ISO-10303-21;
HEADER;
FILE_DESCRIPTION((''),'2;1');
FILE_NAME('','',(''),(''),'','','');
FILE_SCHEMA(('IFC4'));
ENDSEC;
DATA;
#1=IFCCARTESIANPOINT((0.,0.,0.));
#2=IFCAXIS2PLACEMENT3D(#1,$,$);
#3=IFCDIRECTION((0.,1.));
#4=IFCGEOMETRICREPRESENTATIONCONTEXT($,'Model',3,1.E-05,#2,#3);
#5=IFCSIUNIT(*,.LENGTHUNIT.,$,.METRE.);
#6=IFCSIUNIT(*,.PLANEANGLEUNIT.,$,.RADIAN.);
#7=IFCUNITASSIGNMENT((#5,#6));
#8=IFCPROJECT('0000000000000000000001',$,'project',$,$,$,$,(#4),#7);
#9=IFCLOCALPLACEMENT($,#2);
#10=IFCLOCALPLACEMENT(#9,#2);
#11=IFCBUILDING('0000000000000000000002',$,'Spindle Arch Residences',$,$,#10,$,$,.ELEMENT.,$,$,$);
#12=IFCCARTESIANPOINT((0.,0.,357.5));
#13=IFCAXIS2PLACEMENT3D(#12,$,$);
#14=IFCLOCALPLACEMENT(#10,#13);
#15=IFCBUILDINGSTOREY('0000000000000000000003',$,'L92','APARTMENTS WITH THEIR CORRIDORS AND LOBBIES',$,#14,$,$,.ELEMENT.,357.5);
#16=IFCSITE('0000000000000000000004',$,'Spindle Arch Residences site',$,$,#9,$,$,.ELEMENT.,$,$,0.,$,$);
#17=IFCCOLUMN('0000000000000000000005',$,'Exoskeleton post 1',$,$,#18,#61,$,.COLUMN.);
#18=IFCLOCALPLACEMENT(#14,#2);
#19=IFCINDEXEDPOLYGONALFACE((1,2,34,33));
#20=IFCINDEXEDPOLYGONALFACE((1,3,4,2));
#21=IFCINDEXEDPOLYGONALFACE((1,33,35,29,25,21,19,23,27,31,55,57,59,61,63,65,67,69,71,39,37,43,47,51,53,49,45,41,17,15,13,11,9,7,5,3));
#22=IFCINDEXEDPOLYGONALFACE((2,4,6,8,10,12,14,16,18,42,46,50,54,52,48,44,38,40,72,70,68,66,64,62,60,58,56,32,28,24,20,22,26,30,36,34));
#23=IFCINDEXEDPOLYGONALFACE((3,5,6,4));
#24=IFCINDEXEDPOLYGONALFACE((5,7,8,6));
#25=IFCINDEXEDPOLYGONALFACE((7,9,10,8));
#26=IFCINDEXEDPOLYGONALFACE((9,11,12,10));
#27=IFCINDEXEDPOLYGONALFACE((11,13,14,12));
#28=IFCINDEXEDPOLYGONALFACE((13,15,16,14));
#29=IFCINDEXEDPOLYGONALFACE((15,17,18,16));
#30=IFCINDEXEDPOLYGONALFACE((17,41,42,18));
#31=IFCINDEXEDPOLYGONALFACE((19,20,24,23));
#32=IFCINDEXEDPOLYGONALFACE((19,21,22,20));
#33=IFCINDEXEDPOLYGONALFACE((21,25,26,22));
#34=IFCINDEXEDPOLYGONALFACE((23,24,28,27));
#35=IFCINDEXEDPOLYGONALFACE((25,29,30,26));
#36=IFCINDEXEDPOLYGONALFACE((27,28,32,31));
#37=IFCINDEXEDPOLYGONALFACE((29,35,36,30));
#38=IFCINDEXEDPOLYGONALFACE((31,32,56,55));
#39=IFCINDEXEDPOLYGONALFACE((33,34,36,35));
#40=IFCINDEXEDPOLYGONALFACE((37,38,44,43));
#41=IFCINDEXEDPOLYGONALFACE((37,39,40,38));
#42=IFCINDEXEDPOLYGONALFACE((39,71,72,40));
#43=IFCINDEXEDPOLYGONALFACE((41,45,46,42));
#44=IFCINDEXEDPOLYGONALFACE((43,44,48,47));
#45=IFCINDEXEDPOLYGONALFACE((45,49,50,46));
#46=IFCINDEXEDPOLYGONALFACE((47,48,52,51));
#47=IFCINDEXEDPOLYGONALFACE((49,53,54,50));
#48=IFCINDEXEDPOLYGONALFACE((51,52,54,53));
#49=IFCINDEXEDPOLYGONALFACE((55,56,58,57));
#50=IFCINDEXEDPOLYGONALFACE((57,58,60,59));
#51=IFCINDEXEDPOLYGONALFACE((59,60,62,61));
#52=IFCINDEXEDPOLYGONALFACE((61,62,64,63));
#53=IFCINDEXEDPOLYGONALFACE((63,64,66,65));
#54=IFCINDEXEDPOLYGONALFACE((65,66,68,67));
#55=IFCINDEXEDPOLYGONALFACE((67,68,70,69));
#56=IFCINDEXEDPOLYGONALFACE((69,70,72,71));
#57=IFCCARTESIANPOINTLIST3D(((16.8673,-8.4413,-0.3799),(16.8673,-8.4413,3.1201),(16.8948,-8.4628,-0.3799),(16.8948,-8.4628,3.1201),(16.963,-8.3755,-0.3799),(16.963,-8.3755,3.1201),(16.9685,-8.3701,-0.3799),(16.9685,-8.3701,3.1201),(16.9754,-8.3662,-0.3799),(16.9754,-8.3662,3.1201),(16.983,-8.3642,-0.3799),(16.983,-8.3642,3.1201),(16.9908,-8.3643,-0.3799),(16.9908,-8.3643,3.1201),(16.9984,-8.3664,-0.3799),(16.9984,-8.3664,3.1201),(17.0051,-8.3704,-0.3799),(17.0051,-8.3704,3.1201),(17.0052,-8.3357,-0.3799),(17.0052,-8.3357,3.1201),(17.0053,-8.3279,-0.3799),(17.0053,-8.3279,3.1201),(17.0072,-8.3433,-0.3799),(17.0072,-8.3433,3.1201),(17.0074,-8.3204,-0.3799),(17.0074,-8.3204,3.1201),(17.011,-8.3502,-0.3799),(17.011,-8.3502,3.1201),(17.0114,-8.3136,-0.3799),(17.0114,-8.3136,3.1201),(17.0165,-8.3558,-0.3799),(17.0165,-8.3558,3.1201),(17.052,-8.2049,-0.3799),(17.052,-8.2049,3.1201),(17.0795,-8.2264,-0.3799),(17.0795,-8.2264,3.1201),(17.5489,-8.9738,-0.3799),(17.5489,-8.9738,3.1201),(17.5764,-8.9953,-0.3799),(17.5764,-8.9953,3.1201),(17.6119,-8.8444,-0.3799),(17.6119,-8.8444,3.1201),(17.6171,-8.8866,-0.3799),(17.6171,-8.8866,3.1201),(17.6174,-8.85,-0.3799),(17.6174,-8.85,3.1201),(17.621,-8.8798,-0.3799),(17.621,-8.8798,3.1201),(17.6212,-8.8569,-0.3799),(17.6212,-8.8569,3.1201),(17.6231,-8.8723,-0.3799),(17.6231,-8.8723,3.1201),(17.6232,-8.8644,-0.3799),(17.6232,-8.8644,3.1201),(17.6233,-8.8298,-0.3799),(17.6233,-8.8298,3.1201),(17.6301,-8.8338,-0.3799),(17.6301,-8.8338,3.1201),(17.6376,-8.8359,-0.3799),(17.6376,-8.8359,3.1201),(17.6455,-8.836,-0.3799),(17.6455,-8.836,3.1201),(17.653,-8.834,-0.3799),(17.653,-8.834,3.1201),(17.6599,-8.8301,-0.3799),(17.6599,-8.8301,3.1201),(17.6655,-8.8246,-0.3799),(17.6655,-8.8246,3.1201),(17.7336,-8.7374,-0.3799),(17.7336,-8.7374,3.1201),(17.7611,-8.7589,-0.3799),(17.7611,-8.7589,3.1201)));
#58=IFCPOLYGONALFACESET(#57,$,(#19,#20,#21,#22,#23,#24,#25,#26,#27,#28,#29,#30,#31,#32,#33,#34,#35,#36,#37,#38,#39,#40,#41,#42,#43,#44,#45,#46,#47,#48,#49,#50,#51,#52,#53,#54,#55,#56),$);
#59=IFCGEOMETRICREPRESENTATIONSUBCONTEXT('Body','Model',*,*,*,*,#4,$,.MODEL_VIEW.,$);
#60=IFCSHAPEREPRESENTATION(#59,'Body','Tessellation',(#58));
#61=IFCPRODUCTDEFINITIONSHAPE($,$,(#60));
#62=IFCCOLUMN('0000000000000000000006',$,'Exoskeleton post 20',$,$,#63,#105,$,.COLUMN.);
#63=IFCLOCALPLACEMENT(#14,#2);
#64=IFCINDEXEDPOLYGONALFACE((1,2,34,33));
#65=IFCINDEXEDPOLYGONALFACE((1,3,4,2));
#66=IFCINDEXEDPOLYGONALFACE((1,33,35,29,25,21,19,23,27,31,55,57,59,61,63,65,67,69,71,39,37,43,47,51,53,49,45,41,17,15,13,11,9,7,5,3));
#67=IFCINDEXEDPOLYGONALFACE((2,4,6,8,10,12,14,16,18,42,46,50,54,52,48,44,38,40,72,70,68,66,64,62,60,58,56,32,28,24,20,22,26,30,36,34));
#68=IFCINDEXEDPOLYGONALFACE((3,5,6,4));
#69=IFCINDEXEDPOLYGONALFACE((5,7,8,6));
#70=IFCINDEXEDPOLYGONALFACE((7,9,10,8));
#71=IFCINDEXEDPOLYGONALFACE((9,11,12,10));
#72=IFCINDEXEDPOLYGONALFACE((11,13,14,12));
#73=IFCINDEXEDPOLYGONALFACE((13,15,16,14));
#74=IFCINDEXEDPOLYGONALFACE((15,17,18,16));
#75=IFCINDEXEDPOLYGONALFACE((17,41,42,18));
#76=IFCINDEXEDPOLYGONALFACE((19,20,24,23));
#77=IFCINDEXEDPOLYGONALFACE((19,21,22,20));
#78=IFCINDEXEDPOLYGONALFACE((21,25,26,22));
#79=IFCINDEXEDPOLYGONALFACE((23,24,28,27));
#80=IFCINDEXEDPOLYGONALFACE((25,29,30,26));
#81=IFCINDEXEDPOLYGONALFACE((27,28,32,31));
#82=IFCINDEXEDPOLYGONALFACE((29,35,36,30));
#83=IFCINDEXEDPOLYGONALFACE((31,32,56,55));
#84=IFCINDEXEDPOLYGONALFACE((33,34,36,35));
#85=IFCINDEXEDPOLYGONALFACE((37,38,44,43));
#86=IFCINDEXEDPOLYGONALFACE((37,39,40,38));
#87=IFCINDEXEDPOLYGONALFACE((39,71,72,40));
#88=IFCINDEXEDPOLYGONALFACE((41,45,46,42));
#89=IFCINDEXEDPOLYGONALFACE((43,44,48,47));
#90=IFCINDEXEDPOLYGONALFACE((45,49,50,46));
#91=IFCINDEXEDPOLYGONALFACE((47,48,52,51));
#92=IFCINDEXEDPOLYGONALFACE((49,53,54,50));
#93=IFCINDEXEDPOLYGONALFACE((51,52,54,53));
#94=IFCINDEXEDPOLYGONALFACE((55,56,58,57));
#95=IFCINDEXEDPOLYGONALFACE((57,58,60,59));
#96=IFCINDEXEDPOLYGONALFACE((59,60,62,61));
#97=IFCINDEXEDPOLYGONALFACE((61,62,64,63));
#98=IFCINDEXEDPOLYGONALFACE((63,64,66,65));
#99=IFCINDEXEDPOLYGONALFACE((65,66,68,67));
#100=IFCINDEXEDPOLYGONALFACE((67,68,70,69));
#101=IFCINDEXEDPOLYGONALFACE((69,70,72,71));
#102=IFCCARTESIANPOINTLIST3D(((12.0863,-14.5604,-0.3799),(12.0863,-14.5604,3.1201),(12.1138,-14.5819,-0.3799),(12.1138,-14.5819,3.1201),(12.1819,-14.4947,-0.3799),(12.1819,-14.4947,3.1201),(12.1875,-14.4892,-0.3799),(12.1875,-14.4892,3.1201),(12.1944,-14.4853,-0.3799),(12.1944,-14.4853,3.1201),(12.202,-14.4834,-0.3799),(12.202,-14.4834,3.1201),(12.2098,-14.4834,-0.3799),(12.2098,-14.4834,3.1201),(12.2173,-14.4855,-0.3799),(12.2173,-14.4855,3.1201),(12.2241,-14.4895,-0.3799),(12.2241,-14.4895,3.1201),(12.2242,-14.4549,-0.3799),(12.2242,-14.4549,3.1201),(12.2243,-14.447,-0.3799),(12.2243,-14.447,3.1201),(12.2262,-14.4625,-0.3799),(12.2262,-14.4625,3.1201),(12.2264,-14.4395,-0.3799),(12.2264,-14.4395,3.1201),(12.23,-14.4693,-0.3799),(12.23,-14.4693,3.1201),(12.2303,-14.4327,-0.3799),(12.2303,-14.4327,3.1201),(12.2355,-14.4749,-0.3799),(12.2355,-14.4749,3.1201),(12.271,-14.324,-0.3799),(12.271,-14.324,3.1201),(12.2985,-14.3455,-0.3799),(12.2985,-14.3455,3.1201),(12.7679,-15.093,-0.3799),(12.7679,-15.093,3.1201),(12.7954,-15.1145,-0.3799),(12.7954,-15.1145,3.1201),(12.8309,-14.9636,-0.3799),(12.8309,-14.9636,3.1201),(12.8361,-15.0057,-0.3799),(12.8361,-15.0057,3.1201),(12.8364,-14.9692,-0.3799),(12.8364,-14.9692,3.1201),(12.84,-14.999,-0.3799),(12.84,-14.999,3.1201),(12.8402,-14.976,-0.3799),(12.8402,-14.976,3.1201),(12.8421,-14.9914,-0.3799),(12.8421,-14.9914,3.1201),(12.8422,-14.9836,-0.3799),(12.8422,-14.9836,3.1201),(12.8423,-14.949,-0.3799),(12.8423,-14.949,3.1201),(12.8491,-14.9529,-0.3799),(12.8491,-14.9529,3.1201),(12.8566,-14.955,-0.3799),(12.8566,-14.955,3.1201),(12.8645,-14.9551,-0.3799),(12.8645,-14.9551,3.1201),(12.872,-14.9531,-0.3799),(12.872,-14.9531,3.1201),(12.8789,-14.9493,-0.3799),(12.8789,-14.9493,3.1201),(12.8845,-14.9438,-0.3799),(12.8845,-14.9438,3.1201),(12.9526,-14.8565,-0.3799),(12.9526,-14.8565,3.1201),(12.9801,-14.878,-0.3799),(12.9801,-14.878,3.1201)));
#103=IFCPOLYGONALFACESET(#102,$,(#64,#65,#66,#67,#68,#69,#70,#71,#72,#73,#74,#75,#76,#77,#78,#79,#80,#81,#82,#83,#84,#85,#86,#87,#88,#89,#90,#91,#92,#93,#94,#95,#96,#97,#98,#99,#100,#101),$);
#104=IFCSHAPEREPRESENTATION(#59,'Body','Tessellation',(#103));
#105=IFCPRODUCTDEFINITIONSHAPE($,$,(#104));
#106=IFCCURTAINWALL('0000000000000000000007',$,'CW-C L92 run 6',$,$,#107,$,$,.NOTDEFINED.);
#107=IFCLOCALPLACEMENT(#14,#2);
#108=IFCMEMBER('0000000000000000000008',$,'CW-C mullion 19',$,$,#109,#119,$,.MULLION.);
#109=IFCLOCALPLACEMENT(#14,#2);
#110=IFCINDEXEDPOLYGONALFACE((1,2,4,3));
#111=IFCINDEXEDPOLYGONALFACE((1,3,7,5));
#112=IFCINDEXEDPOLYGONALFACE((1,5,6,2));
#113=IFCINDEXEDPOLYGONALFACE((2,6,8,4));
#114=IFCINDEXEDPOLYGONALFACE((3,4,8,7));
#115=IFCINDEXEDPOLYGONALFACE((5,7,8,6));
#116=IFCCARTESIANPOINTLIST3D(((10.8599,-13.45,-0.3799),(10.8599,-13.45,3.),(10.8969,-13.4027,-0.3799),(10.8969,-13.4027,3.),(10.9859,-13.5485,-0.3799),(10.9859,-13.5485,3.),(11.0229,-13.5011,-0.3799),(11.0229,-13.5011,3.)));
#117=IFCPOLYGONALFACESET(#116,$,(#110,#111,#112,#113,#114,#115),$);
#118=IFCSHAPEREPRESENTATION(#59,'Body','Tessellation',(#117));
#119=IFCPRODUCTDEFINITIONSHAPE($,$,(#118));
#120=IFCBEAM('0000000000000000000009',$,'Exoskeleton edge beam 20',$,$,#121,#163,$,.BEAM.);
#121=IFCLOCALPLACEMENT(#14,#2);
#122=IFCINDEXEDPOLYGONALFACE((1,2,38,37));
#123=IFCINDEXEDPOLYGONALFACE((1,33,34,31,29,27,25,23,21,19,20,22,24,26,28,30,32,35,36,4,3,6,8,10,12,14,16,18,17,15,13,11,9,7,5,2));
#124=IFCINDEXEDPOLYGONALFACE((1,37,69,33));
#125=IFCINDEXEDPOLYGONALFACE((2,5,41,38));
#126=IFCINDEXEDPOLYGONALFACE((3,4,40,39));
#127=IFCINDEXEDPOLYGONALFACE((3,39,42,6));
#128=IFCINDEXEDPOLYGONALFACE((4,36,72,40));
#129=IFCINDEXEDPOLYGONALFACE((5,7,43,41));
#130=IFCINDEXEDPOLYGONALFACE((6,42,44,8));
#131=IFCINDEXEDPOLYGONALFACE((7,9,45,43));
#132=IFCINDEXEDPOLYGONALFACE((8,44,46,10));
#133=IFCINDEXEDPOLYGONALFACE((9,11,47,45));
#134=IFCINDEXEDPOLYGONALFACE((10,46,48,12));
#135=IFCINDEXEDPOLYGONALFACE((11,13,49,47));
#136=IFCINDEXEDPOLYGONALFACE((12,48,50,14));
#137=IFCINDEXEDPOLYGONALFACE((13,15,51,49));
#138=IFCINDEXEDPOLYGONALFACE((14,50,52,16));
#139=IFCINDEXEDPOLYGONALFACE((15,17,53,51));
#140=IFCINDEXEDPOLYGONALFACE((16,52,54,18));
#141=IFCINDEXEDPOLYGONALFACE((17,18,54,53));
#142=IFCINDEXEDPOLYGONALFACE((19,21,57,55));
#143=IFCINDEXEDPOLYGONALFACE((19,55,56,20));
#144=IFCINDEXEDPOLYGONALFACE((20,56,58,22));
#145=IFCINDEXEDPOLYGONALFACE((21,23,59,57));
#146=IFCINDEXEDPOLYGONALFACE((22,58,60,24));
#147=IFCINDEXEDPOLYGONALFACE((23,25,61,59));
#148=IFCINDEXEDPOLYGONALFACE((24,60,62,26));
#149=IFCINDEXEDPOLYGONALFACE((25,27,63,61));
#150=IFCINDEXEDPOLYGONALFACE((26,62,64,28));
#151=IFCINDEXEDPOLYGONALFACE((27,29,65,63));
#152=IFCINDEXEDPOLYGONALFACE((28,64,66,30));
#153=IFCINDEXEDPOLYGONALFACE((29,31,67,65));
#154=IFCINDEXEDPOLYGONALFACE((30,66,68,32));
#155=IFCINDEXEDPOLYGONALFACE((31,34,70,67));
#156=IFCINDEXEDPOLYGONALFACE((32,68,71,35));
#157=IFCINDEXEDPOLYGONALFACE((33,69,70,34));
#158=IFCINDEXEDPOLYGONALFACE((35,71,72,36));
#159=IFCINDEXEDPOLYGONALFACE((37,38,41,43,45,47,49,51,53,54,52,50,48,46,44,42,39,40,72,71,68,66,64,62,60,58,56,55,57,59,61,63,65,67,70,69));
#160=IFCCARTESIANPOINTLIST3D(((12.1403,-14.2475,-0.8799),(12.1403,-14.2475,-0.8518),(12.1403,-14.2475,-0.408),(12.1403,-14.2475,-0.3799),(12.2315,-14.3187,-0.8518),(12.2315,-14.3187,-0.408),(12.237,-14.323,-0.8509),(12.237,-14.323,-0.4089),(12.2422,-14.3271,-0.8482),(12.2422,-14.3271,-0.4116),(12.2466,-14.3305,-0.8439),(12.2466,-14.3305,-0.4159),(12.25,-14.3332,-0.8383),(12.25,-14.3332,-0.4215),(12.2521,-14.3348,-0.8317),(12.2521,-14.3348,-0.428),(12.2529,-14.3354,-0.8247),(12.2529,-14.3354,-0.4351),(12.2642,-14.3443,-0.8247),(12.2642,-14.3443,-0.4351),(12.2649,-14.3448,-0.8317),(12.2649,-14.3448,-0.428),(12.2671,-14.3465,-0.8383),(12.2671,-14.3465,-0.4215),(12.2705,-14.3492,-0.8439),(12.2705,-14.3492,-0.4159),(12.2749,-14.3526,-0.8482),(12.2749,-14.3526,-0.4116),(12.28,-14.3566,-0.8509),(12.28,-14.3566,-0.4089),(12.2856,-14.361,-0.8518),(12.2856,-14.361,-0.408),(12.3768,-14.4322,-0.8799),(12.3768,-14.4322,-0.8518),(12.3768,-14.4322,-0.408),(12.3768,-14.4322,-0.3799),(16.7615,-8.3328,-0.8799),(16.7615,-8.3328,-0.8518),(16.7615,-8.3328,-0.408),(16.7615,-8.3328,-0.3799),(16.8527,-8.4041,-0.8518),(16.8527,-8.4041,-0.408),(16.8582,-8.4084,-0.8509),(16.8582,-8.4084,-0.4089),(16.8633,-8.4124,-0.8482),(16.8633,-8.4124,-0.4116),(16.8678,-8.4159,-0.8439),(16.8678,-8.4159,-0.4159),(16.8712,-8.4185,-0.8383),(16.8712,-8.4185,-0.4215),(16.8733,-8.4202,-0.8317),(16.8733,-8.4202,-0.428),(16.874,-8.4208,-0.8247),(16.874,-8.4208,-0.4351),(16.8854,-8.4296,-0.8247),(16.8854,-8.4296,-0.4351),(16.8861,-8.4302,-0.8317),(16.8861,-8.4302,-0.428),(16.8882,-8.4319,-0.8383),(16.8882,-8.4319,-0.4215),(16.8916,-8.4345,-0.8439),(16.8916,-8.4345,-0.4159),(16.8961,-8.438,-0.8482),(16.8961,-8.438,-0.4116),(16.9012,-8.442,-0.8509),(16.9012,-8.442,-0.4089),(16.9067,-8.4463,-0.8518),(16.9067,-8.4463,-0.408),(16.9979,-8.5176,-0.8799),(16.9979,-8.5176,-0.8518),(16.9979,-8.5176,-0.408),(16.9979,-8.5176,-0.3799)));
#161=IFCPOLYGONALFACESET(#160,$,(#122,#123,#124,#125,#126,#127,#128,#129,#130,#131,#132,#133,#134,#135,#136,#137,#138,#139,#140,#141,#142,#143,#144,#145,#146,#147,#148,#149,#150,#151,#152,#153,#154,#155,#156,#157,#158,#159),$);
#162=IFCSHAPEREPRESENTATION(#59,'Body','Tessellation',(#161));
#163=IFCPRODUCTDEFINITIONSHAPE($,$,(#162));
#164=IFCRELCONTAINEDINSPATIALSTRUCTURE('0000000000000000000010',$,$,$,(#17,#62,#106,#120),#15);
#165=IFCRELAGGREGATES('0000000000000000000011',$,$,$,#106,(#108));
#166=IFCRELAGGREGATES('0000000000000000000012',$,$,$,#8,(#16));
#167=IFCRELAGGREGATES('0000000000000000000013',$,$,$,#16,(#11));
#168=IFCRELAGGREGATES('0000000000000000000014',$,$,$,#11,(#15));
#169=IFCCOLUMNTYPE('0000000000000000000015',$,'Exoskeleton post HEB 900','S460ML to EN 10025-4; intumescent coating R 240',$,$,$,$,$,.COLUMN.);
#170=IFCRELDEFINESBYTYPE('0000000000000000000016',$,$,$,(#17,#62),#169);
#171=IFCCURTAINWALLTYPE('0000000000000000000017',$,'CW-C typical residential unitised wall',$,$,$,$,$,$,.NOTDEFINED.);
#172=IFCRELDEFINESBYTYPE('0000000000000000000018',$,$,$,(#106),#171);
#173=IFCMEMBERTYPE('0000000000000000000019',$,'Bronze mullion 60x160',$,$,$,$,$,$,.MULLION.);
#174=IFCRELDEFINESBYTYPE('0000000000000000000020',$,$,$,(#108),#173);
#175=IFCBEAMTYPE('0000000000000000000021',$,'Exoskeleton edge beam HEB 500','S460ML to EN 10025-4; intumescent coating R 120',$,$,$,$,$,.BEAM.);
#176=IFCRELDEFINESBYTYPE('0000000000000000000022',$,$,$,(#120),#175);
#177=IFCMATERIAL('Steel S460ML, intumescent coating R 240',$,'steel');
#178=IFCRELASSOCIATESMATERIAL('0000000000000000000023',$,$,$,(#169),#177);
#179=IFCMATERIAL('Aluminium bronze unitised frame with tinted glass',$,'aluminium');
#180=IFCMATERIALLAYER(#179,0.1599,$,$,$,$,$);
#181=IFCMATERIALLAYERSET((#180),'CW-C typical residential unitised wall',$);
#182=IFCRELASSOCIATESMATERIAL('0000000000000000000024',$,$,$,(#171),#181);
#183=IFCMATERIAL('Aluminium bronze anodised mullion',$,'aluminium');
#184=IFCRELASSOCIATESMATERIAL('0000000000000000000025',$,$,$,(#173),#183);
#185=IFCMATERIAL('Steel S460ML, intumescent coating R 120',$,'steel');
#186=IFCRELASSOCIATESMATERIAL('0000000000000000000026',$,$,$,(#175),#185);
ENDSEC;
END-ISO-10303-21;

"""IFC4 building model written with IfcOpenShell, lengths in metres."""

from ifc_helpers import new_model, si_unit, direction, frame, origin, origin_2d, place, context, subcontext, project, spatial, rectangle, i_section, extrude, material, layer, layer_set, material_profile, profile_set, type_object, element, aggregate, save


model = new_model("IFC4")

# Units and contexts
model_context = context("Model", 3, precision=1e-05, world=origin(), true_north=direction((0.0, 1.0)))
body_context = subcontext(model_context, "Body", "Model", "MODEL_VIEW")
ifc_project = project(units=[si_unit("LENGTHUNIT", "METRE"), si_unit("PLANEANGLEUNIT", "RADIAN")], contexts=[model_context])

# Site, building, storey
site_placement = place(None, origin())
site = spatial("IfcSite", under=ifc_project, at=site_placement, Name="Spindle Arch Residences site", CompositionType="ELEMENT", RefElevation=0.0)
building_placement = place(site_placement, origin())
building = spatial("IfcBuilding", under=site, at=building_placement, Name="Spindle Arch Residences", CompositionType="ELEMENT")
storey_placement = place(building_placement, frame((0.0, 0.0, 357.5)))
storey = spatial("IfcBuildingStorey", under=building, at=storey_placement, Name="L92", Description="APARTMENTS WITH THEIR CORRIDORS AND LOBBIES", CompositionType="ELEMENT", Elevation=357.5)

# Columns
ifc_material_1 = material(Name="Steel S460ML, intumescent coating R 240", Category="steel")
ifc_material_profile_1 = material_profile(ifc_material_1, i_section(OverallWidth=0.3, OverallDepth=0.8999, WebThickness=0.0186, FlangeThickness=0.0349, FilletRadius=0.03, at=origin_2d()), Name="HEB 900")
ifc_profile_set_1 = profile_set([ifc_material_profile_1], Name="Steel S460ML, intumescent coating R 240")
column_type = type_object("IfcColumnType", Name="Exoskeleton post HEB 900", Description="S460ML to EN 10025-4; intumescent coating R 240", PredefinedType="COLUMN", material=ifc_profile_set_1)
for number, where, z_axis, x_axis, name in (
    (1, (17.3142, -8.6001, -0.3799), (0.0, 0.0, 1.0), (-0.615661, -0.788011, 0.0), "Exoskeleton post 1"),
    (2, (12.5332, -14.7192, -0.3799), (0.0, 0.0, 1.0), (-0.615661, -0.788011, 0.0), "Exoskeleton post 20"),
):
    element("IfcColumn", number, at=place(storey_placement, frame(where, z_axis=z_axis, x_axis=x_axis)), inside=storey, type_object=column_type, Name=name, PredefinedType="COLUMN", context=body_context, shape_type="SweptSolid", body=[
        extrude(i_section(OverallWidth=0.3, OverallDepth=0.8999, WebThickness=0.0186, FlangeThickness=0.0349, FilletRadius=0.03, at=origin_2d()), origin(), (0.0, 0.0, 1.0), 3.5),
    ])

# Curtain wall, member
ifc_material_2 = material(Name="Aluminium bronze unitised frame with tinted glass", Category="aluminium")
ifc_layer_1 = layer(ifc_material_2, 0.1599)
ifc_layer_set_1 = layer_set([ifc_layer_1], Name="CW-C typical residential unitised wall")
curtain_wall_type = type_object("IfcCurtainWallType", Name="CW-C typical residential unitised wall", PredefinedType="NOTDEFINED", material=ifc_layer_set_1)
curtain_wall_placement = place(storey_placement, origin())
curtain_wall = element("IfcCurtainWall", 3, at=curtain_wall_placement, inside=storey, type_object=curtain_wall_type, Name="CW-C L92 run 6", PredefinedType="NOTDEFINED")
ifc_material_3 = material(Name="Aluminium bronze anodised mullion", Category="aluminium")
ifc_material_profile_2 = material_profile(ifc_material_3, rectangle(XDim=0.1599, YDim=0.0601, at=origin_2d()), Name="MU 60x160")
ifc_profile_set_2 = profile_set([ifc_material_profile_2], Name="Aluminium bronze anodised mullion")
member_type = type_object("IfcMemberType", Name="Bronze mullion 60x160", PredefinedType="MULLION", material=ifc_profile_set_2)
member_placement = place(storey_placement, frame((10.9414, -13.4756, -0.3799), z_axis=(0.0, 0.0, 1.0), x_axis=(-0.788011, 0.615661, 0.0)))
member = element("IfcMember", 4, at=member_placement, type_object=member_type, Name="CW-C mullion 19", PredefinedType="MULLION", context=body_context, shape_type="SweptSolid", body=[
    extrude(rectangle(XDim=0.1599, YDim=0.0601, at=origin_2d()), origin(), (0.0, 0.0, 1.0), 3.3799),
])

# Beam
ifc_material_4 = material(Name="Steel S460ML, intumescent coating R 120", Category="steel")
ifc_material_profile_3 = material_profile(ifc_material_4, i_section(OverallWidth=0.3, OverallDepth=0.5, WebThickness=0.0144, FlangeThickness=0.0281, FilletRadius=0.0271, at=origin_2d()), Name="HEB 500")
ifc_profile_set_3 = profile_set([ifc_material_profile_3], Name="Steel S460ML, intumescent coating R 120")
beam_type_1 = type_object("IfcBeamType", Name="Exoskeleton edge beam HEB 500", Description="S460ML to EN 10025-4; intumescent coating R 120", PredefinedType="BEAM", material=ifc_profile_set_3)
beam_placement = place(storey_placement, frame((12.2585, -14.3398, -0.6299), z_axis=(0.615673, 0.788002, 0.0), x_axis=(-0.788002, 0.615673, 0.0)))
element("IfcBeam", 5, at=beam_placement, inside=storey, type_object=beam_type_1, Name="Exoskeleton edge beam 20", PredefinedType="BEAM", context=body_context, shape_type="SweptSolid", body=[
    extrude(i_section(OverallWidth=0.3, OverallDepth=0.5, WebThickness=0.0144, FlangeThickness=0.0281, FilletRadius=0.0271, at=origin_2d()), origin(), (0.0, 0.0, 1.0), 7.5059),
])

aggregate(curtain_wall, [member])

save(model, "model.ifc")
